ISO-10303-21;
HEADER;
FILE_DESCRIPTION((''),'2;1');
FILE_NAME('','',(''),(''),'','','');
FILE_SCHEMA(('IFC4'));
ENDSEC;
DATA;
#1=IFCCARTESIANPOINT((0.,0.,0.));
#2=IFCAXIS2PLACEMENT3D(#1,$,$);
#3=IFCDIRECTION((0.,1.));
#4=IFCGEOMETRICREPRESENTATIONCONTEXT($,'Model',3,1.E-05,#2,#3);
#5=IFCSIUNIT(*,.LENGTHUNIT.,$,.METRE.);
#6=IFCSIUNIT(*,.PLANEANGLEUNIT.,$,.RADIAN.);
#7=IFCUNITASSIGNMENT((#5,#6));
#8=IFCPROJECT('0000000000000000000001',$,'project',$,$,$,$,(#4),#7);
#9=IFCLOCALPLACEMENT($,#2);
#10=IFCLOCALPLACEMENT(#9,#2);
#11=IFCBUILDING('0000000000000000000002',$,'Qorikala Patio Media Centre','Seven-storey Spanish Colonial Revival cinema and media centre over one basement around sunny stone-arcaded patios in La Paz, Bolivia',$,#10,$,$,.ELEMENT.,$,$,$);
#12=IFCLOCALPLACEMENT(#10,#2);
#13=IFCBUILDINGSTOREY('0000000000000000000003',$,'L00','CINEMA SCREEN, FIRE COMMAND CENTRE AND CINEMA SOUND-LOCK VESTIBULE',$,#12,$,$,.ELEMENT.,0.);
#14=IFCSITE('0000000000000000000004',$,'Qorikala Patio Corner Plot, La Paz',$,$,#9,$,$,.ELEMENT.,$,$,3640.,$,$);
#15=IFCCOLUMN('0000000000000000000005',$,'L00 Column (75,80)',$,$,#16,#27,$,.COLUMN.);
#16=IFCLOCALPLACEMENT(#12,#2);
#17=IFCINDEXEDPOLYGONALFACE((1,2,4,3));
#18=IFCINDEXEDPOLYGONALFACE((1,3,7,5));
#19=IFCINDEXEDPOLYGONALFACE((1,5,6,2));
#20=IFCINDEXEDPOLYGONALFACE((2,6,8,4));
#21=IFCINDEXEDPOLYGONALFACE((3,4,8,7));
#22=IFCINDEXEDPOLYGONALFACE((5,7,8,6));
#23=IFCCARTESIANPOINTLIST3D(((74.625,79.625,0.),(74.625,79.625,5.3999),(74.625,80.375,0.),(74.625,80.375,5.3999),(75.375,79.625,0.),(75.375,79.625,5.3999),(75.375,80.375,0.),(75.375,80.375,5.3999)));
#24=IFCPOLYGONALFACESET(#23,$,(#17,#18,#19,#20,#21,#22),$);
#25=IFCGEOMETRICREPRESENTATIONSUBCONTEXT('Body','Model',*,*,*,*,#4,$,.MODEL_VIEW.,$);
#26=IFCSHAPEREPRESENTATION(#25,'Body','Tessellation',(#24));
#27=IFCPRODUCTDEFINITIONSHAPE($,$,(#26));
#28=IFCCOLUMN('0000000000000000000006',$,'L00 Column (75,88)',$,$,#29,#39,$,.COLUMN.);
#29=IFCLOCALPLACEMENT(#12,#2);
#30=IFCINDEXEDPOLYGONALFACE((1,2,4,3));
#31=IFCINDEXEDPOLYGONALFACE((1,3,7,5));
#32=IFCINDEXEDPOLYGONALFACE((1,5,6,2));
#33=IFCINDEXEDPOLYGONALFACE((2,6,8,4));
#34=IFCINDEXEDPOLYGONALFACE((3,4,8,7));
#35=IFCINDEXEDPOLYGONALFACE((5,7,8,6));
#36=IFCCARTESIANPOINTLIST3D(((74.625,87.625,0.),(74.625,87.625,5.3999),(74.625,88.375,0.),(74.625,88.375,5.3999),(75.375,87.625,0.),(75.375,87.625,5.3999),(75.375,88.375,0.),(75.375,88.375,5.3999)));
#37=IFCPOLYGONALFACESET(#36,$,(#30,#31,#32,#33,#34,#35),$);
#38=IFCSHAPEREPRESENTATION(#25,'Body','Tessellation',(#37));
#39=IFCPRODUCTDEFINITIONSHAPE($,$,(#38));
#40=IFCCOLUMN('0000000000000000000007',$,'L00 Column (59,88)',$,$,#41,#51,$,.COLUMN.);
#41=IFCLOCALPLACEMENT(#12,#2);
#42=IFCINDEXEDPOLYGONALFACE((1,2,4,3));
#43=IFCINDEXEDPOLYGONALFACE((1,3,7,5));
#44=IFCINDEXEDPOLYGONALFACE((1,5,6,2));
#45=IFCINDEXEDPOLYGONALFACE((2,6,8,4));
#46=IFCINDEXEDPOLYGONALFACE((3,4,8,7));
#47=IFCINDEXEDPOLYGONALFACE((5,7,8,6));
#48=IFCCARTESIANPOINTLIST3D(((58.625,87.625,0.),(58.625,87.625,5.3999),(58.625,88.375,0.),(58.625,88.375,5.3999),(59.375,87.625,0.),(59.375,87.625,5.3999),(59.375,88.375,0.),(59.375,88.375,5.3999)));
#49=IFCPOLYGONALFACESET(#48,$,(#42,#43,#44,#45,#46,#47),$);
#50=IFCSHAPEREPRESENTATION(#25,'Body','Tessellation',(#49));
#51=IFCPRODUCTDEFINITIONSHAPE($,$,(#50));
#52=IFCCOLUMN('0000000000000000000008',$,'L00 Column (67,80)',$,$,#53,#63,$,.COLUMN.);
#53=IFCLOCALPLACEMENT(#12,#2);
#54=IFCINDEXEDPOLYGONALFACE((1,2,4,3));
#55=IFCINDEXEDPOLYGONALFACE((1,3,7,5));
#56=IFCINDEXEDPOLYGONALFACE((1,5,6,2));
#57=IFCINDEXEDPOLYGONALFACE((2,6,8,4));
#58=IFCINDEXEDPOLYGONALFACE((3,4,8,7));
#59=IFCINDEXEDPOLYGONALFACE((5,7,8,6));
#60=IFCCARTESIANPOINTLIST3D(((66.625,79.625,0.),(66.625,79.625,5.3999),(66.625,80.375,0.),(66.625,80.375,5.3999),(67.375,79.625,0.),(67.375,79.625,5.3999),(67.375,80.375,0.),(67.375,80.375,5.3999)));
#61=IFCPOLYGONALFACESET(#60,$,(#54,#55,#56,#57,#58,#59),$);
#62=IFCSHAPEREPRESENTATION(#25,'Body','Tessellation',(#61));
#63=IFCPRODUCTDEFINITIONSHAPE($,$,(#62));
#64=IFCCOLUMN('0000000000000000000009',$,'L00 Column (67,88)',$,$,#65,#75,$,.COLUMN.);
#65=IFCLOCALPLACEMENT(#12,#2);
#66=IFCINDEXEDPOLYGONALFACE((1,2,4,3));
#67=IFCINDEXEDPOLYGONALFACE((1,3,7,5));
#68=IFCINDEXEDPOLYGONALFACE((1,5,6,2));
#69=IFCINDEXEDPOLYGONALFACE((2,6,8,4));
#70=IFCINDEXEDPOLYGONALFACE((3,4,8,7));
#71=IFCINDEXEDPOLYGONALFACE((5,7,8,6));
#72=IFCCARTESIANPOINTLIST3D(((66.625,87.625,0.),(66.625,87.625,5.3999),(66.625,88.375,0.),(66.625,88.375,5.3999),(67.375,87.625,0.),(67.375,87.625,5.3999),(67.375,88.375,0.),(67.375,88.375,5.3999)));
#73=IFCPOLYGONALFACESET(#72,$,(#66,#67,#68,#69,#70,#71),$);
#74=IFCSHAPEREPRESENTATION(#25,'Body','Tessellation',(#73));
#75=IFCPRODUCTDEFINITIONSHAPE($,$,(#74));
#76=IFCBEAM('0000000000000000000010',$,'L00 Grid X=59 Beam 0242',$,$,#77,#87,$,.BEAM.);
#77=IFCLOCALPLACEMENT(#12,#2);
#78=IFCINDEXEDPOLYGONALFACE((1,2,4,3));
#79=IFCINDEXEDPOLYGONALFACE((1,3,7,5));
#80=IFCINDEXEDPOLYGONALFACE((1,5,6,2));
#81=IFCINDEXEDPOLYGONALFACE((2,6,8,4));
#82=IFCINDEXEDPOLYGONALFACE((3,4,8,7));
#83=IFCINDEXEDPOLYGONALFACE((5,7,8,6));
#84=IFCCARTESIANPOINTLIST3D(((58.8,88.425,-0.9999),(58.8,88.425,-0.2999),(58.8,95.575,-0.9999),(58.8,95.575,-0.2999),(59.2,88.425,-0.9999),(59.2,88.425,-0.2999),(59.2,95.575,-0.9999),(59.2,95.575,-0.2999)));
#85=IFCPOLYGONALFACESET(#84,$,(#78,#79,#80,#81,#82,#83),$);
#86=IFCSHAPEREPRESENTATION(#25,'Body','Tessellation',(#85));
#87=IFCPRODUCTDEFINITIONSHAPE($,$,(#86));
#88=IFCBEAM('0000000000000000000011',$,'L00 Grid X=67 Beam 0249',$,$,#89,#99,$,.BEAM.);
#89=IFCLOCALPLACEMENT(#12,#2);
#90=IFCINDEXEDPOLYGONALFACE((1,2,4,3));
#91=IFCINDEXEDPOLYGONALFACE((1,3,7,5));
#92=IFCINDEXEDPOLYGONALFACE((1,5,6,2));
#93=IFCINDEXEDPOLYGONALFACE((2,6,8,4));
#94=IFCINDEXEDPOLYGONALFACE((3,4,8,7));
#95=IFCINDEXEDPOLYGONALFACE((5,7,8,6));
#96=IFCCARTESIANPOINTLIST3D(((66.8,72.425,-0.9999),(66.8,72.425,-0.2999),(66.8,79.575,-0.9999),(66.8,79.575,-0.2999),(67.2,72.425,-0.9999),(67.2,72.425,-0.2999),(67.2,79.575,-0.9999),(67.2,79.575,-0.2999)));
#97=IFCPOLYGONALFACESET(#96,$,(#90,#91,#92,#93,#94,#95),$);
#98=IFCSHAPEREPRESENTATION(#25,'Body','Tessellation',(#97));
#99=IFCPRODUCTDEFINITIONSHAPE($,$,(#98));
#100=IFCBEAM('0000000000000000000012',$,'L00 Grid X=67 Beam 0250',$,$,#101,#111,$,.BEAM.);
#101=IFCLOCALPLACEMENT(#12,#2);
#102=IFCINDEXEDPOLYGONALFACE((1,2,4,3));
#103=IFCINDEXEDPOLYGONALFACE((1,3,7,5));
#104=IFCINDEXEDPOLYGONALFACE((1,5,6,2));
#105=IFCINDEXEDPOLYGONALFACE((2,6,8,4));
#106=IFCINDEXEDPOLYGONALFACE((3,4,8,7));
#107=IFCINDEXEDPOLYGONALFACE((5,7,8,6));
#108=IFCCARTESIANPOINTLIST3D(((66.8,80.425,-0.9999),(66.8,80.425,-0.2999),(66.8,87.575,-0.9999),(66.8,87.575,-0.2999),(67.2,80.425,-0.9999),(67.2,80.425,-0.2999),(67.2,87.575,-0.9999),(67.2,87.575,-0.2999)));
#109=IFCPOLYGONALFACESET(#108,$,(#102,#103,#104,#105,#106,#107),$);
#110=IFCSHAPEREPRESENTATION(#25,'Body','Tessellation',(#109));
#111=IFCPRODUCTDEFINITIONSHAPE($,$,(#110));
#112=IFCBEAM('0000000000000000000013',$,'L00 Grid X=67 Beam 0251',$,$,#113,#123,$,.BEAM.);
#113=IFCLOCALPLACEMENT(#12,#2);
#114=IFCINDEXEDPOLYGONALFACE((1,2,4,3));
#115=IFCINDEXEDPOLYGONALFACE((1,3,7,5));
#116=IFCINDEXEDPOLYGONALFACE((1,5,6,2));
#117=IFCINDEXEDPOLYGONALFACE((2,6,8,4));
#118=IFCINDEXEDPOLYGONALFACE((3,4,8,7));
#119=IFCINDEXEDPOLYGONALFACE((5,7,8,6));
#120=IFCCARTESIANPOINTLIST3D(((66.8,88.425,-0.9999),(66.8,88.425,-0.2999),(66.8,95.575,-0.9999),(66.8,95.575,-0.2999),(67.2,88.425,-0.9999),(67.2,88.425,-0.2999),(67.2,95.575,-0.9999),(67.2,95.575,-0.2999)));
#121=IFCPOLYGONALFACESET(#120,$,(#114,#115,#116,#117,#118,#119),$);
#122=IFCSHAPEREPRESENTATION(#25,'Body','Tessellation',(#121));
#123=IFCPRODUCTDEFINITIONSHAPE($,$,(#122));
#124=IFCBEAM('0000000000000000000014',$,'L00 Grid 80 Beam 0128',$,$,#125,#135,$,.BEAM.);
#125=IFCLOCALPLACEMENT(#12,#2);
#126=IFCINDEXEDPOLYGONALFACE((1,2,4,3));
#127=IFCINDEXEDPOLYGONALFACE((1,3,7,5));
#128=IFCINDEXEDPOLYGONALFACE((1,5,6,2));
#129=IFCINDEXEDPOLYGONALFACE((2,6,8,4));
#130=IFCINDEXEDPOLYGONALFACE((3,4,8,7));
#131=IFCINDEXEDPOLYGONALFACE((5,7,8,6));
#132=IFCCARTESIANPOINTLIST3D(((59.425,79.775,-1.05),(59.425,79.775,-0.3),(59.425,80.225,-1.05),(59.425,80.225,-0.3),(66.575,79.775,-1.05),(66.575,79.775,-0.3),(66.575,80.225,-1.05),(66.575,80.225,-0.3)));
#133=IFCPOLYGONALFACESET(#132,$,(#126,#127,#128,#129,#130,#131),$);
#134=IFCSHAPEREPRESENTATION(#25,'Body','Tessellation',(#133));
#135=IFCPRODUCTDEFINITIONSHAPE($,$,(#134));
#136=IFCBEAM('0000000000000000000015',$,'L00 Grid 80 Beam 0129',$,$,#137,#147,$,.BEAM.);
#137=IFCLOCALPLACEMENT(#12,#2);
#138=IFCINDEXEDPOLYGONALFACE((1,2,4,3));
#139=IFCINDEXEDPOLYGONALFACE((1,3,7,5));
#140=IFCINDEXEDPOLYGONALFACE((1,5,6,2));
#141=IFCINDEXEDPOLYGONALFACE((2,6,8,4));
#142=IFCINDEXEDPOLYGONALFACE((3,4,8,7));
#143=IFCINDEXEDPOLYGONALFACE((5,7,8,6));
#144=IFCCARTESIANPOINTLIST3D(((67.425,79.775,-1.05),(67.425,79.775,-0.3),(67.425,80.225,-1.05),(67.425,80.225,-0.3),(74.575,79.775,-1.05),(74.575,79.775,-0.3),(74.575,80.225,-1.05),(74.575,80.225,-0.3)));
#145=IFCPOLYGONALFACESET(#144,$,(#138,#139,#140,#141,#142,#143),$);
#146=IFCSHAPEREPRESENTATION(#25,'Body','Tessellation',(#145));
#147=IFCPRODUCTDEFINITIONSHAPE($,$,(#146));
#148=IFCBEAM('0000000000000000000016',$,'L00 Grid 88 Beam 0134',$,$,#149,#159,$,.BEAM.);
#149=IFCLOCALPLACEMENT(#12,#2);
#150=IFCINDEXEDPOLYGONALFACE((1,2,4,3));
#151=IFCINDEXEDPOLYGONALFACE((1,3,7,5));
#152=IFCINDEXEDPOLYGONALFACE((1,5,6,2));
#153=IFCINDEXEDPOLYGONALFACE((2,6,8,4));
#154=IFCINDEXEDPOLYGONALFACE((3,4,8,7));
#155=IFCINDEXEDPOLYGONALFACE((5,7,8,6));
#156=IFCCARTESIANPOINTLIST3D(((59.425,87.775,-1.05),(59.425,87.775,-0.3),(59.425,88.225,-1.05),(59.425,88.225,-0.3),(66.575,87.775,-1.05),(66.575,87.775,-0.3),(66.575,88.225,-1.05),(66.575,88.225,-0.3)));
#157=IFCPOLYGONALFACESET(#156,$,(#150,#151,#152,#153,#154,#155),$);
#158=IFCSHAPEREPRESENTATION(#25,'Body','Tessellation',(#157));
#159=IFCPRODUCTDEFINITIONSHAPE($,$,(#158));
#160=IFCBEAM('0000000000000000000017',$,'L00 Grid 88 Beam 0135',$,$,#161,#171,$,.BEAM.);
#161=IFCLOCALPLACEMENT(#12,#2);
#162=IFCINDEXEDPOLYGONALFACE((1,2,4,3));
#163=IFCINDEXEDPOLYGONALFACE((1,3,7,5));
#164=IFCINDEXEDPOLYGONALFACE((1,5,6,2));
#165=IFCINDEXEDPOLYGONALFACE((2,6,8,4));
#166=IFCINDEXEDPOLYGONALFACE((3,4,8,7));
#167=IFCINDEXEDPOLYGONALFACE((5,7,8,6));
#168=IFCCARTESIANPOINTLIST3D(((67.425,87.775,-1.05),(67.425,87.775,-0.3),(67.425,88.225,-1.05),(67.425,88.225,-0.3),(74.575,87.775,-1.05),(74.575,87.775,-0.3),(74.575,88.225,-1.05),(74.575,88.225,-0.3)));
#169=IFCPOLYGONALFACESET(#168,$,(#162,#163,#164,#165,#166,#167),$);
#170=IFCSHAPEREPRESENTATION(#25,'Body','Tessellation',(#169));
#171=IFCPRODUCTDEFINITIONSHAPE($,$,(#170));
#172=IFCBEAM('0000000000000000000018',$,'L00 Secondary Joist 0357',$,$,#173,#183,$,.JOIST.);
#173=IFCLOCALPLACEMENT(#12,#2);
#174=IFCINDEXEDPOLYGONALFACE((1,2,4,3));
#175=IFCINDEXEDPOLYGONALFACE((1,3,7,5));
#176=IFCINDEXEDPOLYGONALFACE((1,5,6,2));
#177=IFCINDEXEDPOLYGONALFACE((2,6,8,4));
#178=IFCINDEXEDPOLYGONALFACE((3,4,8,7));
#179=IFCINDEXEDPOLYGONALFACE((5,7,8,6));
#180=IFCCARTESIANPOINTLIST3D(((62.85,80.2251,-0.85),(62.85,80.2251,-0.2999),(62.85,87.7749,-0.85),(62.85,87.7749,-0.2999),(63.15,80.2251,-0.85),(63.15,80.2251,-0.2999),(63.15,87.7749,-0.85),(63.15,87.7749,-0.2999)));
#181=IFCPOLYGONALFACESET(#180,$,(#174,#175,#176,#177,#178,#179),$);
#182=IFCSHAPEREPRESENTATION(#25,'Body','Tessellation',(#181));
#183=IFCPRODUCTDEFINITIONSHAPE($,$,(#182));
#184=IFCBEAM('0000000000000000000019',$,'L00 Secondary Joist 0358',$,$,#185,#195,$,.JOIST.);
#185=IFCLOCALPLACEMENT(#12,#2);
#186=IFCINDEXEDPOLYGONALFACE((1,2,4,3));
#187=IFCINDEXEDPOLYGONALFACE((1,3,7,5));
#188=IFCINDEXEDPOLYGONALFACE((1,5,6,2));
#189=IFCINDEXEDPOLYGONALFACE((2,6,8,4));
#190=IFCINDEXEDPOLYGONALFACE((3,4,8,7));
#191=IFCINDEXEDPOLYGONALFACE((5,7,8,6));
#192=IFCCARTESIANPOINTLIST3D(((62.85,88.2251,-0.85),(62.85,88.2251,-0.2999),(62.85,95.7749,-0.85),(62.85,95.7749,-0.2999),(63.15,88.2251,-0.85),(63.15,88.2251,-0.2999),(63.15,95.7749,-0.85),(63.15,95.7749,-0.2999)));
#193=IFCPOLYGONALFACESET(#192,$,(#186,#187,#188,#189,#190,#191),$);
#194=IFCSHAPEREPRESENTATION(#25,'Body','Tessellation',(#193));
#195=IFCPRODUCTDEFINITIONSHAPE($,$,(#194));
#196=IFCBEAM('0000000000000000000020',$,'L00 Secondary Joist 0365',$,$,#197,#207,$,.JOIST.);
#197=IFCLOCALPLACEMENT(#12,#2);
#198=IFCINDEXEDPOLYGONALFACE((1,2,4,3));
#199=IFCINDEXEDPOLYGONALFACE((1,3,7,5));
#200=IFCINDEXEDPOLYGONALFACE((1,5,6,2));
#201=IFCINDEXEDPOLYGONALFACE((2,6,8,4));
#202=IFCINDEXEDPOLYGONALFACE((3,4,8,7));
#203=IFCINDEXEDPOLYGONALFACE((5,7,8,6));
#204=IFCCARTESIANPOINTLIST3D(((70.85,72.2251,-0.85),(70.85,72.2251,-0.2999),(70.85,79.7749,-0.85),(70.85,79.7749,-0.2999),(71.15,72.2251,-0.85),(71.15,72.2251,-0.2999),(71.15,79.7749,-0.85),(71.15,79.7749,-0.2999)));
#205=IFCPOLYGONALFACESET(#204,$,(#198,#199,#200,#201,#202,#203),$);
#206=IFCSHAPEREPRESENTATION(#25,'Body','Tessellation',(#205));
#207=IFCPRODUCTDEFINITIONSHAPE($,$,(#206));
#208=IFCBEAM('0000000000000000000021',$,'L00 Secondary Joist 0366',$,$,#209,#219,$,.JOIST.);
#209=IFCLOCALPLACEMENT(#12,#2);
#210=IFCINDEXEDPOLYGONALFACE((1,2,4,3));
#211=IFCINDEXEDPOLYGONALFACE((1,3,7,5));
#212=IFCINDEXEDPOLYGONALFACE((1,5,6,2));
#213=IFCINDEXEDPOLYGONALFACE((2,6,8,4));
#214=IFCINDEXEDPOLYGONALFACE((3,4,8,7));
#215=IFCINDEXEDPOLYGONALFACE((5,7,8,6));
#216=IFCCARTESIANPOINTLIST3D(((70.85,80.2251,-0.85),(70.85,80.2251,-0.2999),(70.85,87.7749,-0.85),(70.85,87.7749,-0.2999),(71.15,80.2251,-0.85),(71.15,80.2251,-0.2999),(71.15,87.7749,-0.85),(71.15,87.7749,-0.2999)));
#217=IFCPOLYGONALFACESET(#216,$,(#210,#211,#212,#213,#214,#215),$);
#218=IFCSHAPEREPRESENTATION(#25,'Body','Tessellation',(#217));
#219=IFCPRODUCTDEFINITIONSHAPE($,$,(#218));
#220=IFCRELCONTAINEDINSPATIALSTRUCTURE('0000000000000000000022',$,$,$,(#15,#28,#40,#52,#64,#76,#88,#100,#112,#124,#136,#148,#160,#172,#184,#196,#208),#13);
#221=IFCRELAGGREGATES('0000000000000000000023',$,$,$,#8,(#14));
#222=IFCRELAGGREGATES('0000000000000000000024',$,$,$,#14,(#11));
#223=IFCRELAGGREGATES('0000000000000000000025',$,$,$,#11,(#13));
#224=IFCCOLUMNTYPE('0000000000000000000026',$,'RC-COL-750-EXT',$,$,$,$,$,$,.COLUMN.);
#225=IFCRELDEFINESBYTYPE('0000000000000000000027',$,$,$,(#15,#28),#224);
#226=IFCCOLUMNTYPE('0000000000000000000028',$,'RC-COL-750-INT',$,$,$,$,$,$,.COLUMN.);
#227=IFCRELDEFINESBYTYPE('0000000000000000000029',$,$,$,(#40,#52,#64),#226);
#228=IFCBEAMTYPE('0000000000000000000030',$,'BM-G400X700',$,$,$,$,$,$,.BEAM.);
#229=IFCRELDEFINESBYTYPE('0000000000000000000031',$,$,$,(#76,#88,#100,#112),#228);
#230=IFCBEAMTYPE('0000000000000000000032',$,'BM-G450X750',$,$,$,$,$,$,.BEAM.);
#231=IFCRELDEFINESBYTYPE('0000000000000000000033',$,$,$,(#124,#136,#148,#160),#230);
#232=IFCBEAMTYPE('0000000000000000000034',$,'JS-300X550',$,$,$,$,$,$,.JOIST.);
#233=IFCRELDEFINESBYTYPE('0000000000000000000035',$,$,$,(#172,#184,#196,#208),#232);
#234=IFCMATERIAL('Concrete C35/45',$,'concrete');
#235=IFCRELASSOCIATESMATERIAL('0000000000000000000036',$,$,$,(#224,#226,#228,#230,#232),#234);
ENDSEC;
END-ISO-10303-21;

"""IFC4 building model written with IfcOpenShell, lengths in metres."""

from ifc_helpers import new_model, si_unit, direction, frame, origin, origin_2d, place, context, subcontext, project, spatial, rectangle, extrude, material, material_profile, profile_set, type_object, element, save


model = new_model("IFC4")

# Units and contexts
model_context = context("Model", 3, precision=1e-05, world=origin(), true_north=direction((0.0, 1.0)))
body_context = subcontext(model_context, "Body", "Model", "MODEL_VIEW")
ifc_project = project(units=[si_unit("LENGTHUNIT", "METRE"), si_unit("PLANEANGLEUNIT", "RADIAN")], contexts=[model_context])

# Site, building, storey
site_placement = place(None, origin())
site = spatial("IfcSite", under=ifc_project, at=site_placement, Name="Qorikala Patio Corner Plot, La Paz", CompositionType="ELEMENT", RefElevation=3640.0)
building_placement = place(site_placement, origin())
building = spatial("IfcBuilding", under=site, at=building_placement, Name="Qorikala Patio Media Centre", Description="Seven-storey Spanish Colonial Revival cinema and media centre over one basement around sunny stone-arcaded patios in La Paz, Bolivia", CompositionType="ELEMENT")
storey_placement = place(building_placement, origin())
storey = spatial("IfcBuildingStorey", under=building, at=storey_placement, Name="L00", Description="CINEMA SCREEN, FIRE COMMAND CENTRE AND CINEMA SOUND-LOCK VESTIBULE", CompositionType="ELEMENT", Elevation=0.0)

# Columns
ifc_material_1 = material(Name="Concrete C35/45", Category="concrete")
ifc_material_profile_1 = material_profile(ifc_material_1, rectangle(XDim=0.75, YDim=0.75, at=origin_2d()), Name="RC 750x750")
ifc_profile_set_1 = profile_set([ifc_material_profile_1], Name="Concrete C35/45")
column_type_1 = type_object("IfcColumnType", Name="RC-COL-750-EXT", PredefinedType="COLUMN", material=ifc_profile_set_1)
for number, where, z_axis, x_axis, name in (
    (1, (75.0, 80.0, 0.0), (0.0, 0.0, 1.0), (1.0, 0.0, 0.0), "L00 Column (75,80)"),
    (2, (75.0, 88.0, 0.0), (0.0, 0.0, 1.0), (1.0, 0.0, 0.0), "L00 Column (75,88)"),
):
    element("IfcColumn", number, at=place(storey_placement, frame(where, z_axis=z_axis, x_axis=x_axis)), inside=storey, type_object=column_type_1, Name=name, PredefinedType="COLUMN", context=body_context, shape_type="SweptSolid", body=[
        extrude(rectangle(XDim=0.75, YDim=0.75, at=origin_2d()), origin(), (0.0, 0.0, 1.0), 5.3999),
    ])
ifc_material_profile_2 = material_profile(ifc_material_1, rectangle(XDim=0.75, YDim=0.75, at=origin_2d()), Name="RC 750x750")
ifc_profile_set_2 = profile_set([ifc_material_profile_2], Name="Concrete C35/45")
column_type_2 = type_object("IfcColumnType", Name="RC-COL-750-INT", PredefinedType="COLUMN", material=ifc_profile_set_2)
for number, where, z_axis, x_axis, name in (
    (3, (59.0, 88.0, 0.0), (0.0, 0.0, 1.0), (1.0, 0.0, 0.0), "L00 Column (59,88)"),
    (4, (67.0, 80.0, 0.0), (0.0, 0.0, 1.0), (1.0, 0.0, 0.0), "L00 Column (67,80)"),
    (5, (67.0, 88.0, 0.0), (0.0, 0.0, 1.0), (1.0, 0.0, 0.0), "L00 Column (67,88)"),
):
    element("IfcColumn", number, at=place(storey_placement, frame(where, z_axis=z_axis, x_axis=x_axis)), inside=storey, type_object=column_type_2, Name=name, PredefinedType="COLUMN", context=body_context, shape_type="SweptSolid", body=[
        extrude(rectangle(XDim=0.75, YDim=0.75, at=origin_2d()), origin(), (0.0, 0.0, 1.0), 5.3999),
    ])

# Beams
ifc_material_profile_3 = material_profile(ifc_material_1, rectangle(XDim=0.3999, YDim=0.7, at=origin_2d()), Name="RC 400x700")
ifc_profile_set_3 = profile_set([ifc_material_profile_3], Name="Concrete C35/45")
beam_type_1 = type_object("IfcBeamType", Name="BM-G400X700", PredefinedType="BEAM", material=ifc_profile_set_3)
for number, where, z_axis, x_axis, name in (
    (6, (59.0, 88.425, -0.6499), (0.0, 1.0, 0.0), (-1.0, 0.0, 0.0), "L00 Grid X=59 Beam 0242"),
    (7, (67.0, 72.425, -0.6499), (0.0, 1.0, 0.0), (-1.0, 0.0, 0.0), "L00 Grid X=67 Beam 0249"),
    (8, (67.0, 80.425, -0.6499), (0.0, 1.0, 0.0), (-1.0, 0.0, 0.0), "L00 Grid X=67 Beam 0250"),
    (9, (67.0, 88.425, -0.6499), (0.0, 1.0, 0.0), (-1.0, 0.0, 0.0), "L00 Grid X=67 Beam 0251"),
):
    element("IfcBeam", number, at=place(storey_placement, frame(where, z_axis=z_axis, x_axis=x_axis)), inside=storey, type_object=beam_type_1, Name=name, PredefinedType="BEAM", context=body_context, shape_type="SweptSolid", body=[
        extrude(rectangle(XDim=0.3999, YDim=0.7, at=origin_2d()), origin(), (0.0, 0.0, 1.0), 7.1499),
    ])
ifc_material_profile_4 = material_profile(ifc_material_1, rectangle(XDim=0.45, YDim=0.75, at=origin_2d()), Name="RC 450x750")
ifc_profile_set_4 = profile_set([ifc_material_profile_4], Name="Concrete C35/45")
beam_type_2 = type_object("IfcBeamType", Name="BM-G450X750", PredefinedType="BEAM", material=ifc_profile_set_4)
for number, where, z_axis, x_axis, name in (
    (10, (59.425, 80.0, -0.675), (1.0, 0.0, 0.0), (0.0, 1.0, 0.0), "L00 Grid 80 Beam 0128"),
    (11, (67.425, 80.0, -0.675), (1.0, 0.0, 0.0), (0.0, 1.0, 0.0), "L00 Grid 80 Beam 0129"),
    (12, (59.425, 88.0, -0.675), (1.0, 0.0, 0.0), (0.0, 1.0, 0.0), "L00 Grid 88 Beam 0134"),
    (13, (67.425, 88.0, -0.675), (1.0, 0.0, 0.0), (0.0, 1.0, 0.0), "L00 Grid 88 Beam 0135"),
):
    element("IfcBeam", number, at=place(storey_placement, frame(where, z_axis=z_axis, x_axis=x_axis)), inside=storey, type_object=beam_type_2, Name=name, PredefinedType="BEAM", context=body_context, shape_type="SweptSolid", body=[
        extrude(rectangle(XDim=0.45, YDim=0.75, at=origin_2d()), origin(), (0.0, 0.0, 1.0), 7.1499),
    ])
ifc_material_profile_5 = material_profile(ifc_material_1, rectangle(XDim=0.3, YDim=0.55, at=origin_2d()), Name="RC 300x550")
ifc_profile_set_5 = profile_set([ifc_material_profile_5], Name="Concrete C35/45")
beam_type_3 = type_object("IfcBeamType", Name="JS-300X550", PredefinedType="JOIST", material=ifc_profile_set_5)
for number, where, z_axis, x_axis, name in (
    (14, (63.0, 80.2251, -0.575), (0.0, 1.0, 0.0), (-1.0, 0.0, 0.0), "L00 Secondary Joist 0357"),
    (15, (63.0, 88.2251, -0.575), (0.0, 1.0, 0.0), (-1.0, 0.0, 0.0), "L00 Secondary Joist 0358"),
    (16, (71.0, 72.2251, -0.575), (0.0, 1.0, 0.0), (-1.0, 0.0, 0.0), "L00 Secondary Joist 0365"),
    (17, (71.0, 80.2251, -0.575), (0.0, 1.0, 0.0), (-1.0, 0.0, 0.0), "L00 Secondary Joist 0366"),
):
    element("IfcBeam", number, at=place(storey_placement, frame(where, z_axis=z_axis, x_axis=x_axis)), inside=storey, type_object=beam_type_3, Name=name, PredefinedType="JOIST", context=body_context, shape_type="SweptSolid", body=[
        extrude(rectangle(XDim=0.3, YDim=0.55, at=origin_2d()), origin(), (0.0, 0.0, 1.0), 7.5498),
    ])

save(model, "model.ifc")
